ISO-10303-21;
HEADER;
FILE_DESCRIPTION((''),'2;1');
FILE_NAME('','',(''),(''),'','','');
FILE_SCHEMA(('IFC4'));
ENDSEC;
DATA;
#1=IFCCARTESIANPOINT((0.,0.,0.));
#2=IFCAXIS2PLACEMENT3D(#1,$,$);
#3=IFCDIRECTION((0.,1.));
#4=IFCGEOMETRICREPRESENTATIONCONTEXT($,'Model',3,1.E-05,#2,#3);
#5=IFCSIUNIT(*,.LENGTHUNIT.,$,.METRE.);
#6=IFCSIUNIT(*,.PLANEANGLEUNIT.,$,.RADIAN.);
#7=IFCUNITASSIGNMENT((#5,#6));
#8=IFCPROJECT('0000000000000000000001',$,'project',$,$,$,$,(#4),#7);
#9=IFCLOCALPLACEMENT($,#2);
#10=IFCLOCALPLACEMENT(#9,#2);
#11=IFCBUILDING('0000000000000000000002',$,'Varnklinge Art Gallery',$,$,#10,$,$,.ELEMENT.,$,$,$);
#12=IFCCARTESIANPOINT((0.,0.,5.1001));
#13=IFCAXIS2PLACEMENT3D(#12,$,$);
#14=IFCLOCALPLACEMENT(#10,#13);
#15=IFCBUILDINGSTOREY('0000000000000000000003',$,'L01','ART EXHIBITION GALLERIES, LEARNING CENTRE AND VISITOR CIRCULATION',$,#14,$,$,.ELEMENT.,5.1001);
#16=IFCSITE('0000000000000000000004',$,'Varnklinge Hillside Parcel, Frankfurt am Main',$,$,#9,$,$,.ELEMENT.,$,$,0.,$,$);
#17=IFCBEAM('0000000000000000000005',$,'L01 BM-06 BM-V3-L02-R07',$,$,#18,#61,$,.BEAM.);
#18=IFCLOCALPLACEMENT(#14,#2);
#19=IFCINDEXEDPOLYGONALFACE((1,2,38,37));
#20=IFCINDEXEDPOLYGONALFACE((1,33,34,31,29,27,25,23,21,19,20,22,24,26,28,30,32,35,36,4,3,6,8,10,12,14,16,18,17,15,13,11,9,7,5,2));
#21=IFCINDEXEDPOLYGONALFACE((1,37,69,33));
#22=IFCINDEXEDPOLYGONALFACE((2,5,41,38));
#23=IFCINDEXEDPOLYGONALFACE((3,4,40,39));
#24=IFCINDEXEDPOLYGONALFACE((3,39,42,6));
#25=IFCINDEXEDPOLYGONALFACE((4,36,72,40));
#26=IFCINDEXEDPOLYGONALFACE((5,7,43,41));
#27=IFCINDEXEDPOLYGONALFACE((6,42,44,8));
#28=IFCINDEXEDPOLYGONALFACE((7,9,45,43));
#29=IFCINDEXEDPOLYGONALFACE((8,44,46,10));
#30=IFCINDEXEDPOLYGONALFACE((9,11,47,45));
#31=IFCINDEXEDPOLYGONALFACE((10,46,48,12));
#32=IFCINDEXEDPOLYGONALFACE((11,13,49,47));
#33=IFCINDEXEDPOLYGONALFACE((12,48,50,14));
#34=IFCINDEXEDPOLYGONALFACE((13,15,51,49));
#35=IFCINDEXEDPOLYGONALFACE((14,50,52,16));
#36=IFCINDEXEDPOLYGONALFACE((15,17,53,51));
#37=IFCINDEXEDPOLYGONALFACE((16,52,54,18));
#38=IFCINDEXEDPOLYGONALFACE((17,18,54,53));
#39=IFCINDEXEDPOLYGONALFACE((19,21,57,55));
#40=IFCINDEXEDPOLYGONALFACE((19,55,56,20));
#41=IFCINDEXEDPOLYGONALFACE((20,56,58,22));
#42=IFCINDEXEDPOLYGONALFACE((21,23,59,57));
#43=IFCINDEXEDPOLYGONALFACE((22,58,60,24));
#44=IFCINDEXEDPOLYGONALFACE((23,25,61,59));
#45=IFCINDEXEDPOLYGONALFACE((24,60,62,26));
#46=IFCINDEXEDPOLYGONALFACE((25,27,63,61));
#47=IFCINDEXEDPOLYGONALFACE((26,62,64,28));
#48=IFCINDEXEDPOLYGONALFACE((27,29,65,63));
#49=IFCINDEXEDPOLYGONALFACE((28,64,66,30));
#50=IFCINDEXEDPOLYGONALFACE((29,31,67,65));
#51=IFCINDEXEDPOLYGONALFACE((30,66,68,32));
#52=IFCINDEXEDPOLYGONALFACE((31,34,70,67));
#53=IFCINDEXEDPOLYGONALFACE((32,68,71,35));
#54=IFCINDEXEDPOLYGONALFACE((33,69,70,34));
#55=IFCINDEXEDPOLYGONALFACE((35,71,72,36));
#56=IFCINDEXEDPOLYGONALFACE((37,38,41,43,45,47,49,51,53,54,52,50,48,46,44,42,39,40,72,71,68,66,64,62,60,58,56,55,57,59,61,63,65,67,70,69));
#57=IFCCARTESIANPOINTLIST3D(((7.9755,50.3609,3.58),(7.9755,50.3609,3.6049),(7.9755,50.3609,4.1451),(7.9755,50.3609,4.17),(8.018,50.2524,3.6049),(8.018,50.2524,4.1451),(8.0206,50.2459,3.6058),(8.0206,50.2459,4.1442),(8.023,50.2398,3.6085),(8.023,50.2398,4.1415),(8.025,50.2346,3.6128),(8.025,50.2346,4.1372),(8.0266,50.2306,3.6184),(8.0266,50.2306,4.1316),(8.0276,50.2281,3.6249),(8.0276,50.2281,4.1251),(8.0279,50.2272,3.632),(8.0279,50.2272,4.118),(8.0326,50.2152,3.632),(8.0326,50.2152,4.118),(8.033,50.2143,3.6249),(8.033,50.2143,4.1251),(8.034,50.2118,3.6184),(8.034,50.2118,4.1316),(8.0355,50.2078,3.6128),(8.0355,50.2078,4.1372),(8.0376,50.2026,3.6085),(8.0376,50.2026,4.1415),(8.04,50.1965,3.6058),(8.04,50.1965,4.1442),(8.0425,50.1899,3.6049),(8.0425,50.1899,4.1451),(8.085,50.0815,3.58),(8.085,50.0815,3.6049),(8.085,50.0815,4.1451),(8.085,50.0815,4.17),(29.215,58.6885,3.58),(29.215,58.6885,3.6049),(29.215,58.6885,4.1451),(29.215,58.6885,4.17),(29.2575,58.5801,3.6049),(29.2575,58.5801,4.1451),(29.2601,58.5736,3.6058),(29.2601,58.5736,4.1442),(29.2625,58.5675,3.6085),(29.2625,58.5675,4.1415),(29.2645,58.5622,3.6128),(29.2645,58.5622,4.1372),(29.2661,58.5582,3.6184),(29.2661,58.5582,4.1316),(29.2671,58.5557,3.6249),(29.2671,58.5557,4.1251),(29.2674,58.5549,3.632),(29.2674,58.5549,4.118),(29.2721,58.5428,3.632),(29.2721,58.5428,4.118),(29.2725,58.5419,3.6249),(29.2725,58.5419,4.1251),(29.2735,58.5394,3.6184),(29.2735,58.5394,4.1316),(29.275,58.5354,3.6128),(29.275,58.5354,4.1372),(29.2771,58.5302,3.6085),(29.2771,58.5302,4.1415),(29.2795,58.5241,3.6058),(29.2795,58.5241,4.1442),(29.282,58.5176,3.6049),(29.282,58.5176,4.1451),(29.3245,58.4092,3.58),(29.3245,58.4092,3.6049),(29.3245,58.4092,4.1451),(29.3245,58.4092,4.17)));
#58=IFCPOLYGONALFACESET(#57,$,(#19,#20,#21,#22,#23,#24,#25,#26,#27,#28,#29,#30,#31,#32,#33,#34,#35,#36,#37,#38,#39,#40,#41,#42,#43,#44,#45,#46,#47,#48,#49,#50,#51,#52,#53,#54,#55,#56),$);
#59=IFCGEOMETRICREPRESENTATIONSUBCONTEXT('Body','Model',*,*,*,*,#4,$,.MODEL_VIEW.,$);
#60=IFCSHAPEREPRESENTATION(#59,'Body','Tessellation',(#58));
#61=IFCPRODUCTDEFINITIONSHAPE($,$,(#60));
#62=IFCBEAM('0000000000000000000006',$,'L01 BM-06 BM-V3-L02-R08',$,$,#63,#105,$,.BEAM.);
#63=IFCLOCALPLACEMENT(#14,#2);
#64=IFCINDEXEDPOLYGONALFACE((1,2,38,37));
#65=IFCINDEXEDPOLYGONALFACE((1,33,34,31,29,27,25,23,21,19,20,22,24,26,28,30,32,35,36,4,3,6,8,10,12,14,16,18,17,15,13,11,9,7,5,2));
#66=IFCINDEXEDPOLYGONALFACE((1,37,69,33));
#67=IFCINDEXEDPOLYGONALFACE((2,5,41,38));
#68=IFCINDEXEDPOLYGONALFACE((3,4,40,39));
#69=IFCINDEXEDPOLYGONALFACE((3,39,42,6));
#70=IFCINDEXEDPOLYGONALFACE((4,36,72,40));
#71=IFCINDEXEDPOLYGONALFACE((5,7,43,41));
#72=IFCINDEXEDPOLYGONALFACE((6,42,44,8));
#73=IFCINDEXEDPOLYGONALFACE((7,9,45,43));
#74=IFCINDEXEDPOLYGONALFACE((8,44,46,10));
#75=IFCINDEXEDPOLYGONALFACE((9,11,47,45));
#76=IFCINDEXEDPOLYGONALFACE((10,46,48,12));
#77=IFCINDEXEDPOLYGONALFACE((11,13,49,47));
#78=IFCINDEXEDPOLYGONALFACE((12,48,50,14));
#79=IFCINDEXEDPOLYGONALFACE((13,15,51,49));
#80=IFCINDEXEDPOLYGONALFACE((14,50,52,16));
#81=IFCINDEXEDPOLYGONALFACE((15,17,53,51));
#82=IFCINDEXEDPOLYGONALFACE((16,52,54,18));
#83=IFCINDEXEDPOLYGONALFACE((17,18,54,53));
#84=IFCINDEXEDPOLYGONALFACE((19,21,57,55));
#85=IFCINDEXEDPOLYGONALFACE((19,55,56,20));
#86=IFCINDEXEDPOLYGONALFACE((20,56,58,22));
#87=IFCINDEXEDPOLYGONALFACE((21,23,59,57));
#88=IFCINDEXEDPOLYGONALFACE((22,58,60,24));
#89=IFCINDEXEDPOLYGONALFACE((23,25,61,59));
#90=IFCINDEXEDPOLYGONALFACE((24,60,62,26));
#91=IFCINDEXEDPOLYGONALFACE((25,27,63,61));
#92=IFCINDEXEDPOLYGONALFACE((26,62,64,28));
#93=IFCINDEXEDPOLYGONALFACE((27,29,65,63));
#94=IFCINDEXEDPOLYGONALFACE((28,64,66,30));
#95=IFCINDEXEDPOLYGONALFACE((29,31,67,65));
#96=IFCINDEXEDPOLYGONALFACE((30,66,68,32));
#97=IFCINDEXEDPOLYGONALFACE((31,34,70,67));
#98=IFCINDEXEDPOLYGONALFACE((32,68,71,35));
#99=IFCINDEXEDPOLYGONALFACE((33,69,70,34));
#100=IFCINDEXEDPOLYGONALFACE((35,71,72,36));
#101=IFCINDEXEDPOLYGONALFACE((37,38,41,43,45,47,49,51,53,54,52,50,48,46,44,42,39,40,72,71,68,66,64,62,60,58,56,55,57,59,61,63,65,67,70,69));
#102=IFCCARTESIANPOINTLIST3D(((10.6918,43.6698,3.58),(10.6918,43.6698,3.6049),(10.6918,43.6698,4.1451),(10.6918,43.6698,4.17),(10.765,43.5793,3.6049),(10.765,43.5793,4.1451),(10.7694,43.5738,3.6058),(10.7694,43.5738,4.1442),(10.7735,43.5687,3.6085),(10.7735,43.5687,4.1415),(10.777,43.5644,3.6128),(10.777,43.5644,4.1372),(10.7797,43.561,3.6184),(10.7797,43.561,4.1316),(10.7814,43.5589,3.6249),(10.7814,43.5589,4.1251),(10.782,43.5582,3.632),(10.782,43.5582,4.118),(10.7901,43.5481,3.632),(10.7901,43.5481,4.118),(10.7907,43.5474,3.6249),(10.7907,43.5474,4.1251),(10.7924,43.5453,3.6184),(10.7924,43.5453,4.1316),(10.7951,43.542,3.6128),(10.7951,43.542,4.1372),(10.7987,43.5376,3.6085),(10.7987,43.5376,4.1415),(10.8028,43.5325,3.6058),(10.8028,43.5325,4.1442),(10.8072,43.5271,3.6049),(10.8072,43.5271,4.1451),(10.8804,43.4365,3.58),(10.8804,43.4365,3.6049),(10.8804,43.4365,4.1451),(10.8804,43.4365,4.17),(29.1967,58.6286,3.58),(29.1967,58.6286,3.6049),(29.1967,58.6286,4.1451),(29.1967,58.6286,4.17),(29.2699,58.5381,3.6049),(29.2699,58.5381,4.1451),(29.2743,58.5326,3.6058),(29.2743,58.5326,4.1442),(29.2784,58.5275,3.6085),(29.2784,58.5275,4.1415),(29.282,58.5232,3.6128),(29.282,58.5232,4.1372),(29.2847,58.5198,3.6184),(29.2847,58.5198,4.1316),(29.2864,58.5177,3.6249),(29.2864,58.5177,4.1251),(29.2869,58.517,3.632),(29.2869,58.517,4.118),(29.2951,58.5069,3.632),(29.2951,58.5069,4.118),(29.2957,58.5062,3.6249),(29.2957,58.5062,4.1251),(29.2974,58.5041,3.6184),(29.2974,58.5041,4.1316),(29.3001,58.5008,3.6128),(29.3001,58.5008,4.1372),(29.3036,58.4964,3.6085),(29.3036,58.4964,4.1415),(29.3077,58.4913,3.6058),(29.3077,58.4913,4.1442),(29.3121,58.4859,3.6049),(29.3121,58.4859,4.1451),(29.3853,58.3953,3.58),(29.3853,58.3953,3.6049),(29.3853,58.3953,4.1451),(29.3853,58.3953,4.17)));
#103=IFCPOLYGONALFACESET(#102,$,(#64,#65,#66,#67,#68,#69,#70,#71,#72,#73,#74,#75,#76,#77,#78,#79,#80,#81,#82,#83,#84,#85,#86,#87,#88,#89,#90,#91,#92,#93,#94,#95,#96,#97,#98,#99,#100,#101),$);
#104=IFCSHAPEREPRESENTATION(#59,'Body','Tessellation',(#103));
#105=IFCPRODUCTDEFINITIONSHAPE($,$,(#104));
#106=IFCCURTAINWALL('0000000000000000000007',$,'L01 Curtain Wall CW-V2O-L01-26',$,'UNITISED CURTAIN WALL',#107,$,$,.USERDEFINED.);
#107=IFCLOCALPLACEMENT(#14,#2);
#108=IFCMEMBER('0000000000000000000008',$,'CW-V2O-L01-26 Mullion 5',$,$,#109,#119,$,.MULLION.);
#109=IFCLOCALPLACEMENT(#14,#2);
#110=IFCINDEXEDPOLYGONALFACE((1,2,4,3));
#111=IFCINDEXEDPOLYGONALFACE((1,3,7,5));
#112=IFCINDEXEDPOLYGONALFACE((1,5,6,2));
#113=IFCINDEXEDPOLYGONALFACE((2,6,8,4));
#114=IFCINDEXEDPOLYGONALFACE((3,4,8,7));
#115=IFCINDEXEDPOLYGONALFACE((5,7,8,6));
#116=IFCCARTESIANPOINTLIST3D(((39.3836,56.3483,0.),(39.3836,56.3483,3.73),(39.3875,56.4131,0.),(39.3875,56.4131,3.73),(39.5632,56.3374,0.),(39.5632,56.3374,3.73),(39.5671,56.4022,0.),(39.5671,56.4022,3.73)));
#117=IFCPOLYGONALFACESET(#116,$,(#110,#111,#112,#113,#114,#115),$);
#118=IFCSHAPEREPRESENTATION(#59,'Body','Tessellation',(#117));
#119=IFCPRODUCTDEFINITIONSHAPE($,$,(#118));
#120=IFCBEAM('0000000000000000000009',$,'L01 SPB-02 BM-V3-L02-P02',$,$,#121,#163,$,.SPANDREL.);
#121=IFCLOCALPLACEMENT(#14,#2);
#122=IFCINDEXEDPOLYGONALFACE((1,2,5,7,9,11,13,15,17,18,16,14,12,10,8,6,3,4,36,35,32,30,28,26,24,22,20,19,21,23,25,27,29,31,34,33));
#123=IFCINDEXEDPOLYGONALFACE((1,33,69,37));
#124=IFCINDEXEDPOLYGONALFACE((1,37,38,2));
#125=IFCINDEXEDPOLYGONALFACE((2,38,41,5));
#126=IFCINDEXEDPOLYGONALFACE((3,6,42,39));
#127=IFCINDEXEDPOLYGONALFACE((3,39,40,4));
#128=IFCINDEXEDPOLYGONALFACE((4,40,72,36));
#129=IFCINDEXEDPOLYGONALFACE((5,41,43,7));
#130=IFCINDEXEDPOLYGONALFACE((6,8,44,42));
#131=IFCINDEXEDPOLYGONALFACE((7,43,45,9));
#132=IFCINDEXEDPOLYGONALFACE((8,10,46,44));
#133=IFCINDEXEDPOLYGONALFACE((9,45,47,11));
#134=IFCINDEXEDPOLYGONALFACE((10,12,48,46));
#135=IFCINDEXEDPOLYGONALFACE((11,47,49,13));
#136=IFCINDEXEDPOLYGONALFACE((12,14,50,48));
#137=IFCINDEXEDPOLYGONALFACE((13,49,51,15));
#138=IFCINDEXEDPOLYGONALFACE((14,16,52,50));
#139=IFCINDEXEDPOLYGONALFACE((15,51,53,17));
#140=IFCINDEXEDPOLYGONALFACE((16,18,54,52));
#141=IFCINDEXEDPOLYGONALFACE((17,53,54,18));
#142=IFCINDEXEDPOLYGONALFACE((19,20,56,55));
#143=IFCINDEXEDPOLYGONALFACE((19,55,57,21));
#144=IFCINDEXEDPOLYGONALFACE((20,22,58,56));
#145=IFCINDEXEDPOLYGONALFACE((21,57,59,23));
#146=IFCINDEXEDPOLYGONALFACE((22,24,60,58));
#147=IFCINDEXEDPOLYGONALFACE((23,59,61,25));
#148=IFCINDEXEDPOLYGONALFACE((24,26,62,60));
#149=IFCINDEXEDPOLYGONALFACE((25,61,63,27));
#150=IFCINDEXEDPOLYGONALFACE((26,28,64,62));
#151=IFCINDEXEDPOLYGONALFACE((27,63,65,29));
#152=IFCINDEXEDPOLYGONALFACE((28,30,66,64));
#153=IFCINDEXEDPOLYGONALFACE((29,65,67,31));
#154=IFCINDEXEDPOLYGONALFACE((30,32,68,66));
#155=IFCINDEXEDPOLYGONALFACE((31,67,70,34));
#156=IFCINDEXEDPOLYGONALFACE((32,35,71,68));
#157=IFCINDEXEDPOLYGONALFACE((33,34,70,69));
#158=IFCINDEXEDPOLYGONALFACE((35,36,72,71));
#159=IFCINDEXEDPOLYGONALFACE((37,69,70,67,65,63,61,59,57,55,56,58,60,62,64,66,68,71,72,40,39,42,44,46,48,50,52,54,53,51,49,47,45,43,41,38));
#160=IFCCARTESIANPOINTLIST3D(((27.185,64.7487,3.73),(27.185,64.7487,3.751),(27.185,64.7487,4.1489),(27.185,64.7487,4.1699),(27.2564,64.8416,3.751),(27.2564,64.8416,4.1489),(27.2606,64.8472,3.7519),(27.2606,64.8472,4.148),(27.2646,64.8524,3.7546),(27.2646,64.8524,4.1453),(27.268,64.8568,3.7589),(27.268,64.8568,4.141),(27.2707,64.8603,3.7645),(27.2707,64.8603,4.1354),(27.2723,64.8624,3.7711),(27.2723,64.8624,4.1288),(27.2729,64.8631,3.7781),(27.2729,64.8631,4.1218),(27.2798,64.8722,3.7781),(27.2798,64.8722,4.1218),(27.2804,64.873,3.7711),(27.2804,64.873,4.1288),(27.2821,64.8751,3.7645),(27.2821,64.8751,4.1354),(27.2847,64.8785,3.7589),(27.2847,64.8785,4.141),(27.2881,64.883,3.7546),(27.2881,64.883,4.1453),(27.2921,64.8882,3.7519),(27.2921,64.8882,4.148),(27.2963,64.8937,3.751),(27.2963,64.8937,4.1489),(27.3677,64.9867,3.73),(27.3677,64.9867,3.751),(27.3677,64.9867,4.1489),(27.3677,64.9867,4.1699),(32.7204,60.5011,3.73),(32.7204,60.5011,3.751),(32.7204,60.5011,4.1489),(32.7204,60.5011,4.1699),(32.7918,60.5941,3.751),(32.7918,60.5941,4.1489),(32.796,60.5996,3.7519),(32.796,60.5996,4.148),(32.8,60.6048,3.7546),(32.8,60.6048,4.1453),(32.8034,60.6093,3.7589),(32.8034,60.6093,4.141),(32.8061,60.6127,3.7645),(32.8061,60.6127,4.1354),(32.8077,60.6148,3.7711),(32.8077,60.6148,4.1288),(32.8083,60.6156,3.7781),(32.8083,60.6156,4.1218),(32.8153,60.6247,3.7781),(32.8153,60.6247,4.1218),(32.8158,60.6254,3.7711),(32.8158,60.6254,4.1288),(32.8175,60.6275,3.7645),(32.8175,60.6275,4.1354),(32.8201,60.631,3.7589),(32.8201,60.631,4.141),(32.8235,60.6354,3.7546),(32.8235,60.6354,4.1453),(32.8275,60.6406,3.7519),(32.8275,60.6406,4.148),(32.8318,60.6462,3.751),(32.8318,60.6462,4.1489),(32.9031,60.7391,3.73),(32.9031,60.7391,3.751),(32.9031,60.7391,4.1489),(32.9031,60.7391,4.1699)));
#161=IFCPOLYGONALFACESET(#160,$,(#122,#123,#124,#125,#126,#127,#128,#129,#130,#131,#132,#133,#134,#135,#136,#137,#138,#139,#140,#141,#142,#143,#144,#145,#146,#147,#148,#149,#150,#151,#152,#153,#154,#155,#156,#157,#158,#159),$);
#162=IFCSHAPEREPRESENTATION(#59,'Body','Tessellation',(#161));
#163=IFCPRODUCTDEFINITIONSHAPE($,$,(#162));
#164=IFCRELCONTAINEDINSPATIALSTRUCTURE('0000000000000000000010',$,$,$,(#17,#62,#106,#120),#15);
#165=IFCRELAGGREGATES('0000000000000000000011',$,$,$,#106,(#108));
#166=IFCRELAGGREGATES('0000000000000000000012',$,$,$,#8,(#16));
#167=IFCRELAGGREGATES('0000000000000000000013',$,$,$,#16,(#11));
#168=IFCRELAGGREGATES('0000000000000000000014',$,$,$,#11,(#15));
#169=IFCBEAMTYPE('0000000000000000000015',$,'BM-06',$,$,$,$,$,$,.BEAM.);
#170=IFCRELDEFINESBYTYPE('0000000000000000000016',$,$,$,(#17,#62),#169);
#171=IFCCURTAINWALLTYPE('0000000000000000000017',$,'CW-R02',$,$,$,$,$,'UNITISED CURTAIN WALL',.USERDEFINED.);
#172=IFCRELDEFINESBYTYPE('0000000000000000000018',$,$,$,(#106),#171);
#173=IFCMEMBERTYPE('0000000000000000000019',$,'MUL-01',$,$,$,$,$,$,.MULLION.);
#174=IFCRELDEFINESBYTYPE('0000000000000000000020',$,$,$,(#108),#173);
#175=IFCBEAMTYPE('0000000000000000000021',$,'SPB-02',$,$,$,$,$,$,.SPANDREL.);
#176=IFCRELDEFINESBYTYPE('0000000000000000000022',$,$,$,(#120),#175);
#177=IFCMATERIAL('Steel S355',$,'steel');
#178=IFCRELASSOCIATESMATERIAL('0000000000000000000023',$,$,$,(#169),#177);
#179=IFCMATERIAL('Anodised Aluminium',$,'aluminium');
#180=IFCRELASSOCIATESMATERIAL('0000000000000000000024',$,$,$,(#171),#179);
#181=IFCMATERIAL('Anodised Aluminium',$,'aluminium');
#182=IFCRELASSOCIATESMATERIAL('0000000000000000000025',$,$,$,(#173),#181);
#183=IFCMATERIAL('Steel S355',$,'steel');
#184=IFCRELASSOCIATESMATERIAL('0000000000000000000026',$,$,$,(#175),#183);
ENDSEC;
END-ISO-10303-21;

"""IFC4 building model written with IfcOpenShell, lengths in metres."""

from ifc_helpers import new_model, si_unit, direction, frame, origin, origin_2d, place, context, subcontext, project, spatial, rectangle, i_section, extrude, material, material_profile, profile_set, type_object, element, aggregate, save


model = new_model("IFC4")

# Units and contexts
model_context = context("Model", 3, precision=1e-05, world=origin(), true_north=direction((0.0, 1.0)))
body_context = subcontext(model_context, "Body", "Model", "MODEL_VIEW")
ifc_project = project(units=[si_unit("LENGTHUNIT", "METRE"), si_unit("PLANEANGLEUNIT", "RADIAN")], contexts=[model_context])

# Site, building, storey
site_placement = place(None, origin())
site = spatial("IfcSite", under=ifc_project, at=site_placement, Name="Varnklinge Hillside Parcel, Frankfurt am Main", CompositionType="ELEMENT", RefElevation=0.0)
building_placement = place(site_placement, origin())
building = spatial("IfcBuilding", under=site, at=building_placement, Name="Varnklinge Art Gallery", CompositionType="ELEMENT")
storey_placement = place(building_placement, frame((0.0, 0.0, 5.1001)))
storey = spatial("IfcBuildingStorey", under=building, at=storey_placement, Name="L01", Description="ART EXHIBITION GALLERIES, LEARNING CENTRE AND VISITOR CIRCULATION", CompositionType="ELEMENT", Elevation=5.1001)

# Beams
ifc_material_1 = material(Name="Steel S355", Category="steel")
ifc_material_profile_1 = material_profile(ifc_material_1, i_section(OverallWidth=0.3, OverallDepth=0.5901, WebThickness=0.0129, FlangeThickness=0.0249, FilletRadius=0.0271, at=origin_2d()), Name="HEA 600")
ifc_profile_set_1 = profile_set([ifc_material_profile_1], Name="Steel S355")
beam_type_1 = type_object("IfcBeamType", Name="BM-06", PredefinedType="BEAM", material=ifc_profile_set_1)
beam_1_placement = place(storey_placement, frame((29.2698, 58.5488, 3.875), z_axis=(-0.930997, -0.365028, 0.0), x_axis=(0.365028, -0.930997, 0.0)))
element("IfcBeam", 1, at=beam_1_placement, inside=storey, type_object=beam_type_1, Name="L01 BM-06 BM-V3-L02-R07", PredefinedType="BEAM", context=body_context, shape_type="SweptSolid", body=[
    extrude(i_section(OverallWidth=0.3, OverallDepth=0.5901, WebThickness=0.0129, FlangeThickness=0.0249, FilletRadius=0.0271, at=origin_2d()), origin(), (0.0, 0.0, 1.0), 22.8137),
])
beam_2_placement = place(storey_placement, frame((29.291, 58.512, 3.875), z_axis=(-0.777685, -0.628655, 0.0), x_axis=(0.628655, -0.777685, 0.0)))
element("IfcBeam", 2, at=beam_2_placement, inside=storey, type_object=beam_type_1, Name="L01 BM-06 BM-V3-L02-R08", PredefinedType="BEAM", context=body_context, shape_type="SweptSolid", body=[
    extrude(i_section(OverallWidth=0.3, OverallDepth=0.5901, WebThickness=0.0129, FlangeThickness=0.0249, FilletRadius=0.0271, at=origin_2d()), origin(), (0.0, 0.0, 1.0), 23.7949),
])

# Curtain wall, member
ifc_material_2 = material(Name="Anodised Aluminium", Category="aluminium")
curtain_wall_type = type_object("IfcCurtainWallType", Name="CW-R02", ElementType="UNITISED CURTAIN WALL", PredefinedType="USERDEFINED", material=ifc_material_2)
curtain_wall_placement = place(storey_placement, origin())
curtain_wall = element("IfcCurtainWall", 3, at=curtain_wall_placement, inside=storey, type_object=curtain_wall_type, Name="L01 Curtain Wall CW-V2O-L01-26", ObjectType="UNITISED CURTAIN WALL", PredefinedType="USERDEFINED")
ifc_material_3 = material(Name="Anodised Aluminium", Category="aluminium")
ifc_material_profile_2 = material_profile(ifc_material_3, rectangle(XDim=0.0649, YDim=0.1799, at=origin_2d()), Name="ALU 65x180")
ifc_profile_set_2 = profile_set([ifc_material_profile_2], Name="Anodised Aluminium")
member_type = type_object("IfcMemberType", Name="MUL-01", PredefinedType="MULLION", material=ifc_profile_set_2)
member_placement = place(storey_placement, frame((39.4753, 56.3752, 0.0), z_axis=(0.0, 0.0, 1.0), x_axis=(-0.060874, -0.998145, 0.0)))
member = element("IfcMember", 4, at=member_placement, type_object=member_type, Name="CW-V2O-L01-26 Mullion 5", PredefinedType="MULLION", context=body_context, shape_type="SweptSolid", body=[
    extrude(rectangle(XDim=0.0649, YDim=0.1799, at=origin_2d()), origin(), (0.0, 0.0, 1.0), 3.73),
])

# Beam
ifc_material_4 = material(Name="Steel S355", Category="steel")
ifc_material_profile_3 = material_profile(ifc_material_4, i_section(OverallWidth=0.3, OverallDepth=0.4399, WebThickness=0.0115, FlangeThickness=0.021, FilletRadius=0.0271, at=origin_2d()), Name="HEA 450")
ifc_profile_set_3 = profile_set([ifc_material_profile_3], Name="Steel S355")
beam_type_2 = type_object("IfcBeamType", Name="SPB-02", PredefinedType="SPANDREL", material=ifc_profile_set_3)
beam_3_placement = place(storey_placement, frame((32.8118, 60.6201, 3.95), z_axis=(-0.793347, 0.60877, 0.0), x_axis=(-0.60877, -0.793347, 0.0)))
element("IfcBeam", 5, at=beam_3_placement, inside=storey, type_object=beam_type_2, Name="L01 SPB-02 BM-V3-L02-P02", PredefinedType="SPANDREL", context=body_context, shape_type="SweptSolid", body=[
    extrude(i_section(OverallWidth=0.3, OverallDepth=0.4399, WebThickness=0.0115, FlangeThickness=0.021, FilletRadius=0.0271, at=origin_2d()), origin(), (0.0, 0.0, 1.0), 6.9773),
])

aggregate(curtain_wall, [member])

save(model, "model.ifc")
